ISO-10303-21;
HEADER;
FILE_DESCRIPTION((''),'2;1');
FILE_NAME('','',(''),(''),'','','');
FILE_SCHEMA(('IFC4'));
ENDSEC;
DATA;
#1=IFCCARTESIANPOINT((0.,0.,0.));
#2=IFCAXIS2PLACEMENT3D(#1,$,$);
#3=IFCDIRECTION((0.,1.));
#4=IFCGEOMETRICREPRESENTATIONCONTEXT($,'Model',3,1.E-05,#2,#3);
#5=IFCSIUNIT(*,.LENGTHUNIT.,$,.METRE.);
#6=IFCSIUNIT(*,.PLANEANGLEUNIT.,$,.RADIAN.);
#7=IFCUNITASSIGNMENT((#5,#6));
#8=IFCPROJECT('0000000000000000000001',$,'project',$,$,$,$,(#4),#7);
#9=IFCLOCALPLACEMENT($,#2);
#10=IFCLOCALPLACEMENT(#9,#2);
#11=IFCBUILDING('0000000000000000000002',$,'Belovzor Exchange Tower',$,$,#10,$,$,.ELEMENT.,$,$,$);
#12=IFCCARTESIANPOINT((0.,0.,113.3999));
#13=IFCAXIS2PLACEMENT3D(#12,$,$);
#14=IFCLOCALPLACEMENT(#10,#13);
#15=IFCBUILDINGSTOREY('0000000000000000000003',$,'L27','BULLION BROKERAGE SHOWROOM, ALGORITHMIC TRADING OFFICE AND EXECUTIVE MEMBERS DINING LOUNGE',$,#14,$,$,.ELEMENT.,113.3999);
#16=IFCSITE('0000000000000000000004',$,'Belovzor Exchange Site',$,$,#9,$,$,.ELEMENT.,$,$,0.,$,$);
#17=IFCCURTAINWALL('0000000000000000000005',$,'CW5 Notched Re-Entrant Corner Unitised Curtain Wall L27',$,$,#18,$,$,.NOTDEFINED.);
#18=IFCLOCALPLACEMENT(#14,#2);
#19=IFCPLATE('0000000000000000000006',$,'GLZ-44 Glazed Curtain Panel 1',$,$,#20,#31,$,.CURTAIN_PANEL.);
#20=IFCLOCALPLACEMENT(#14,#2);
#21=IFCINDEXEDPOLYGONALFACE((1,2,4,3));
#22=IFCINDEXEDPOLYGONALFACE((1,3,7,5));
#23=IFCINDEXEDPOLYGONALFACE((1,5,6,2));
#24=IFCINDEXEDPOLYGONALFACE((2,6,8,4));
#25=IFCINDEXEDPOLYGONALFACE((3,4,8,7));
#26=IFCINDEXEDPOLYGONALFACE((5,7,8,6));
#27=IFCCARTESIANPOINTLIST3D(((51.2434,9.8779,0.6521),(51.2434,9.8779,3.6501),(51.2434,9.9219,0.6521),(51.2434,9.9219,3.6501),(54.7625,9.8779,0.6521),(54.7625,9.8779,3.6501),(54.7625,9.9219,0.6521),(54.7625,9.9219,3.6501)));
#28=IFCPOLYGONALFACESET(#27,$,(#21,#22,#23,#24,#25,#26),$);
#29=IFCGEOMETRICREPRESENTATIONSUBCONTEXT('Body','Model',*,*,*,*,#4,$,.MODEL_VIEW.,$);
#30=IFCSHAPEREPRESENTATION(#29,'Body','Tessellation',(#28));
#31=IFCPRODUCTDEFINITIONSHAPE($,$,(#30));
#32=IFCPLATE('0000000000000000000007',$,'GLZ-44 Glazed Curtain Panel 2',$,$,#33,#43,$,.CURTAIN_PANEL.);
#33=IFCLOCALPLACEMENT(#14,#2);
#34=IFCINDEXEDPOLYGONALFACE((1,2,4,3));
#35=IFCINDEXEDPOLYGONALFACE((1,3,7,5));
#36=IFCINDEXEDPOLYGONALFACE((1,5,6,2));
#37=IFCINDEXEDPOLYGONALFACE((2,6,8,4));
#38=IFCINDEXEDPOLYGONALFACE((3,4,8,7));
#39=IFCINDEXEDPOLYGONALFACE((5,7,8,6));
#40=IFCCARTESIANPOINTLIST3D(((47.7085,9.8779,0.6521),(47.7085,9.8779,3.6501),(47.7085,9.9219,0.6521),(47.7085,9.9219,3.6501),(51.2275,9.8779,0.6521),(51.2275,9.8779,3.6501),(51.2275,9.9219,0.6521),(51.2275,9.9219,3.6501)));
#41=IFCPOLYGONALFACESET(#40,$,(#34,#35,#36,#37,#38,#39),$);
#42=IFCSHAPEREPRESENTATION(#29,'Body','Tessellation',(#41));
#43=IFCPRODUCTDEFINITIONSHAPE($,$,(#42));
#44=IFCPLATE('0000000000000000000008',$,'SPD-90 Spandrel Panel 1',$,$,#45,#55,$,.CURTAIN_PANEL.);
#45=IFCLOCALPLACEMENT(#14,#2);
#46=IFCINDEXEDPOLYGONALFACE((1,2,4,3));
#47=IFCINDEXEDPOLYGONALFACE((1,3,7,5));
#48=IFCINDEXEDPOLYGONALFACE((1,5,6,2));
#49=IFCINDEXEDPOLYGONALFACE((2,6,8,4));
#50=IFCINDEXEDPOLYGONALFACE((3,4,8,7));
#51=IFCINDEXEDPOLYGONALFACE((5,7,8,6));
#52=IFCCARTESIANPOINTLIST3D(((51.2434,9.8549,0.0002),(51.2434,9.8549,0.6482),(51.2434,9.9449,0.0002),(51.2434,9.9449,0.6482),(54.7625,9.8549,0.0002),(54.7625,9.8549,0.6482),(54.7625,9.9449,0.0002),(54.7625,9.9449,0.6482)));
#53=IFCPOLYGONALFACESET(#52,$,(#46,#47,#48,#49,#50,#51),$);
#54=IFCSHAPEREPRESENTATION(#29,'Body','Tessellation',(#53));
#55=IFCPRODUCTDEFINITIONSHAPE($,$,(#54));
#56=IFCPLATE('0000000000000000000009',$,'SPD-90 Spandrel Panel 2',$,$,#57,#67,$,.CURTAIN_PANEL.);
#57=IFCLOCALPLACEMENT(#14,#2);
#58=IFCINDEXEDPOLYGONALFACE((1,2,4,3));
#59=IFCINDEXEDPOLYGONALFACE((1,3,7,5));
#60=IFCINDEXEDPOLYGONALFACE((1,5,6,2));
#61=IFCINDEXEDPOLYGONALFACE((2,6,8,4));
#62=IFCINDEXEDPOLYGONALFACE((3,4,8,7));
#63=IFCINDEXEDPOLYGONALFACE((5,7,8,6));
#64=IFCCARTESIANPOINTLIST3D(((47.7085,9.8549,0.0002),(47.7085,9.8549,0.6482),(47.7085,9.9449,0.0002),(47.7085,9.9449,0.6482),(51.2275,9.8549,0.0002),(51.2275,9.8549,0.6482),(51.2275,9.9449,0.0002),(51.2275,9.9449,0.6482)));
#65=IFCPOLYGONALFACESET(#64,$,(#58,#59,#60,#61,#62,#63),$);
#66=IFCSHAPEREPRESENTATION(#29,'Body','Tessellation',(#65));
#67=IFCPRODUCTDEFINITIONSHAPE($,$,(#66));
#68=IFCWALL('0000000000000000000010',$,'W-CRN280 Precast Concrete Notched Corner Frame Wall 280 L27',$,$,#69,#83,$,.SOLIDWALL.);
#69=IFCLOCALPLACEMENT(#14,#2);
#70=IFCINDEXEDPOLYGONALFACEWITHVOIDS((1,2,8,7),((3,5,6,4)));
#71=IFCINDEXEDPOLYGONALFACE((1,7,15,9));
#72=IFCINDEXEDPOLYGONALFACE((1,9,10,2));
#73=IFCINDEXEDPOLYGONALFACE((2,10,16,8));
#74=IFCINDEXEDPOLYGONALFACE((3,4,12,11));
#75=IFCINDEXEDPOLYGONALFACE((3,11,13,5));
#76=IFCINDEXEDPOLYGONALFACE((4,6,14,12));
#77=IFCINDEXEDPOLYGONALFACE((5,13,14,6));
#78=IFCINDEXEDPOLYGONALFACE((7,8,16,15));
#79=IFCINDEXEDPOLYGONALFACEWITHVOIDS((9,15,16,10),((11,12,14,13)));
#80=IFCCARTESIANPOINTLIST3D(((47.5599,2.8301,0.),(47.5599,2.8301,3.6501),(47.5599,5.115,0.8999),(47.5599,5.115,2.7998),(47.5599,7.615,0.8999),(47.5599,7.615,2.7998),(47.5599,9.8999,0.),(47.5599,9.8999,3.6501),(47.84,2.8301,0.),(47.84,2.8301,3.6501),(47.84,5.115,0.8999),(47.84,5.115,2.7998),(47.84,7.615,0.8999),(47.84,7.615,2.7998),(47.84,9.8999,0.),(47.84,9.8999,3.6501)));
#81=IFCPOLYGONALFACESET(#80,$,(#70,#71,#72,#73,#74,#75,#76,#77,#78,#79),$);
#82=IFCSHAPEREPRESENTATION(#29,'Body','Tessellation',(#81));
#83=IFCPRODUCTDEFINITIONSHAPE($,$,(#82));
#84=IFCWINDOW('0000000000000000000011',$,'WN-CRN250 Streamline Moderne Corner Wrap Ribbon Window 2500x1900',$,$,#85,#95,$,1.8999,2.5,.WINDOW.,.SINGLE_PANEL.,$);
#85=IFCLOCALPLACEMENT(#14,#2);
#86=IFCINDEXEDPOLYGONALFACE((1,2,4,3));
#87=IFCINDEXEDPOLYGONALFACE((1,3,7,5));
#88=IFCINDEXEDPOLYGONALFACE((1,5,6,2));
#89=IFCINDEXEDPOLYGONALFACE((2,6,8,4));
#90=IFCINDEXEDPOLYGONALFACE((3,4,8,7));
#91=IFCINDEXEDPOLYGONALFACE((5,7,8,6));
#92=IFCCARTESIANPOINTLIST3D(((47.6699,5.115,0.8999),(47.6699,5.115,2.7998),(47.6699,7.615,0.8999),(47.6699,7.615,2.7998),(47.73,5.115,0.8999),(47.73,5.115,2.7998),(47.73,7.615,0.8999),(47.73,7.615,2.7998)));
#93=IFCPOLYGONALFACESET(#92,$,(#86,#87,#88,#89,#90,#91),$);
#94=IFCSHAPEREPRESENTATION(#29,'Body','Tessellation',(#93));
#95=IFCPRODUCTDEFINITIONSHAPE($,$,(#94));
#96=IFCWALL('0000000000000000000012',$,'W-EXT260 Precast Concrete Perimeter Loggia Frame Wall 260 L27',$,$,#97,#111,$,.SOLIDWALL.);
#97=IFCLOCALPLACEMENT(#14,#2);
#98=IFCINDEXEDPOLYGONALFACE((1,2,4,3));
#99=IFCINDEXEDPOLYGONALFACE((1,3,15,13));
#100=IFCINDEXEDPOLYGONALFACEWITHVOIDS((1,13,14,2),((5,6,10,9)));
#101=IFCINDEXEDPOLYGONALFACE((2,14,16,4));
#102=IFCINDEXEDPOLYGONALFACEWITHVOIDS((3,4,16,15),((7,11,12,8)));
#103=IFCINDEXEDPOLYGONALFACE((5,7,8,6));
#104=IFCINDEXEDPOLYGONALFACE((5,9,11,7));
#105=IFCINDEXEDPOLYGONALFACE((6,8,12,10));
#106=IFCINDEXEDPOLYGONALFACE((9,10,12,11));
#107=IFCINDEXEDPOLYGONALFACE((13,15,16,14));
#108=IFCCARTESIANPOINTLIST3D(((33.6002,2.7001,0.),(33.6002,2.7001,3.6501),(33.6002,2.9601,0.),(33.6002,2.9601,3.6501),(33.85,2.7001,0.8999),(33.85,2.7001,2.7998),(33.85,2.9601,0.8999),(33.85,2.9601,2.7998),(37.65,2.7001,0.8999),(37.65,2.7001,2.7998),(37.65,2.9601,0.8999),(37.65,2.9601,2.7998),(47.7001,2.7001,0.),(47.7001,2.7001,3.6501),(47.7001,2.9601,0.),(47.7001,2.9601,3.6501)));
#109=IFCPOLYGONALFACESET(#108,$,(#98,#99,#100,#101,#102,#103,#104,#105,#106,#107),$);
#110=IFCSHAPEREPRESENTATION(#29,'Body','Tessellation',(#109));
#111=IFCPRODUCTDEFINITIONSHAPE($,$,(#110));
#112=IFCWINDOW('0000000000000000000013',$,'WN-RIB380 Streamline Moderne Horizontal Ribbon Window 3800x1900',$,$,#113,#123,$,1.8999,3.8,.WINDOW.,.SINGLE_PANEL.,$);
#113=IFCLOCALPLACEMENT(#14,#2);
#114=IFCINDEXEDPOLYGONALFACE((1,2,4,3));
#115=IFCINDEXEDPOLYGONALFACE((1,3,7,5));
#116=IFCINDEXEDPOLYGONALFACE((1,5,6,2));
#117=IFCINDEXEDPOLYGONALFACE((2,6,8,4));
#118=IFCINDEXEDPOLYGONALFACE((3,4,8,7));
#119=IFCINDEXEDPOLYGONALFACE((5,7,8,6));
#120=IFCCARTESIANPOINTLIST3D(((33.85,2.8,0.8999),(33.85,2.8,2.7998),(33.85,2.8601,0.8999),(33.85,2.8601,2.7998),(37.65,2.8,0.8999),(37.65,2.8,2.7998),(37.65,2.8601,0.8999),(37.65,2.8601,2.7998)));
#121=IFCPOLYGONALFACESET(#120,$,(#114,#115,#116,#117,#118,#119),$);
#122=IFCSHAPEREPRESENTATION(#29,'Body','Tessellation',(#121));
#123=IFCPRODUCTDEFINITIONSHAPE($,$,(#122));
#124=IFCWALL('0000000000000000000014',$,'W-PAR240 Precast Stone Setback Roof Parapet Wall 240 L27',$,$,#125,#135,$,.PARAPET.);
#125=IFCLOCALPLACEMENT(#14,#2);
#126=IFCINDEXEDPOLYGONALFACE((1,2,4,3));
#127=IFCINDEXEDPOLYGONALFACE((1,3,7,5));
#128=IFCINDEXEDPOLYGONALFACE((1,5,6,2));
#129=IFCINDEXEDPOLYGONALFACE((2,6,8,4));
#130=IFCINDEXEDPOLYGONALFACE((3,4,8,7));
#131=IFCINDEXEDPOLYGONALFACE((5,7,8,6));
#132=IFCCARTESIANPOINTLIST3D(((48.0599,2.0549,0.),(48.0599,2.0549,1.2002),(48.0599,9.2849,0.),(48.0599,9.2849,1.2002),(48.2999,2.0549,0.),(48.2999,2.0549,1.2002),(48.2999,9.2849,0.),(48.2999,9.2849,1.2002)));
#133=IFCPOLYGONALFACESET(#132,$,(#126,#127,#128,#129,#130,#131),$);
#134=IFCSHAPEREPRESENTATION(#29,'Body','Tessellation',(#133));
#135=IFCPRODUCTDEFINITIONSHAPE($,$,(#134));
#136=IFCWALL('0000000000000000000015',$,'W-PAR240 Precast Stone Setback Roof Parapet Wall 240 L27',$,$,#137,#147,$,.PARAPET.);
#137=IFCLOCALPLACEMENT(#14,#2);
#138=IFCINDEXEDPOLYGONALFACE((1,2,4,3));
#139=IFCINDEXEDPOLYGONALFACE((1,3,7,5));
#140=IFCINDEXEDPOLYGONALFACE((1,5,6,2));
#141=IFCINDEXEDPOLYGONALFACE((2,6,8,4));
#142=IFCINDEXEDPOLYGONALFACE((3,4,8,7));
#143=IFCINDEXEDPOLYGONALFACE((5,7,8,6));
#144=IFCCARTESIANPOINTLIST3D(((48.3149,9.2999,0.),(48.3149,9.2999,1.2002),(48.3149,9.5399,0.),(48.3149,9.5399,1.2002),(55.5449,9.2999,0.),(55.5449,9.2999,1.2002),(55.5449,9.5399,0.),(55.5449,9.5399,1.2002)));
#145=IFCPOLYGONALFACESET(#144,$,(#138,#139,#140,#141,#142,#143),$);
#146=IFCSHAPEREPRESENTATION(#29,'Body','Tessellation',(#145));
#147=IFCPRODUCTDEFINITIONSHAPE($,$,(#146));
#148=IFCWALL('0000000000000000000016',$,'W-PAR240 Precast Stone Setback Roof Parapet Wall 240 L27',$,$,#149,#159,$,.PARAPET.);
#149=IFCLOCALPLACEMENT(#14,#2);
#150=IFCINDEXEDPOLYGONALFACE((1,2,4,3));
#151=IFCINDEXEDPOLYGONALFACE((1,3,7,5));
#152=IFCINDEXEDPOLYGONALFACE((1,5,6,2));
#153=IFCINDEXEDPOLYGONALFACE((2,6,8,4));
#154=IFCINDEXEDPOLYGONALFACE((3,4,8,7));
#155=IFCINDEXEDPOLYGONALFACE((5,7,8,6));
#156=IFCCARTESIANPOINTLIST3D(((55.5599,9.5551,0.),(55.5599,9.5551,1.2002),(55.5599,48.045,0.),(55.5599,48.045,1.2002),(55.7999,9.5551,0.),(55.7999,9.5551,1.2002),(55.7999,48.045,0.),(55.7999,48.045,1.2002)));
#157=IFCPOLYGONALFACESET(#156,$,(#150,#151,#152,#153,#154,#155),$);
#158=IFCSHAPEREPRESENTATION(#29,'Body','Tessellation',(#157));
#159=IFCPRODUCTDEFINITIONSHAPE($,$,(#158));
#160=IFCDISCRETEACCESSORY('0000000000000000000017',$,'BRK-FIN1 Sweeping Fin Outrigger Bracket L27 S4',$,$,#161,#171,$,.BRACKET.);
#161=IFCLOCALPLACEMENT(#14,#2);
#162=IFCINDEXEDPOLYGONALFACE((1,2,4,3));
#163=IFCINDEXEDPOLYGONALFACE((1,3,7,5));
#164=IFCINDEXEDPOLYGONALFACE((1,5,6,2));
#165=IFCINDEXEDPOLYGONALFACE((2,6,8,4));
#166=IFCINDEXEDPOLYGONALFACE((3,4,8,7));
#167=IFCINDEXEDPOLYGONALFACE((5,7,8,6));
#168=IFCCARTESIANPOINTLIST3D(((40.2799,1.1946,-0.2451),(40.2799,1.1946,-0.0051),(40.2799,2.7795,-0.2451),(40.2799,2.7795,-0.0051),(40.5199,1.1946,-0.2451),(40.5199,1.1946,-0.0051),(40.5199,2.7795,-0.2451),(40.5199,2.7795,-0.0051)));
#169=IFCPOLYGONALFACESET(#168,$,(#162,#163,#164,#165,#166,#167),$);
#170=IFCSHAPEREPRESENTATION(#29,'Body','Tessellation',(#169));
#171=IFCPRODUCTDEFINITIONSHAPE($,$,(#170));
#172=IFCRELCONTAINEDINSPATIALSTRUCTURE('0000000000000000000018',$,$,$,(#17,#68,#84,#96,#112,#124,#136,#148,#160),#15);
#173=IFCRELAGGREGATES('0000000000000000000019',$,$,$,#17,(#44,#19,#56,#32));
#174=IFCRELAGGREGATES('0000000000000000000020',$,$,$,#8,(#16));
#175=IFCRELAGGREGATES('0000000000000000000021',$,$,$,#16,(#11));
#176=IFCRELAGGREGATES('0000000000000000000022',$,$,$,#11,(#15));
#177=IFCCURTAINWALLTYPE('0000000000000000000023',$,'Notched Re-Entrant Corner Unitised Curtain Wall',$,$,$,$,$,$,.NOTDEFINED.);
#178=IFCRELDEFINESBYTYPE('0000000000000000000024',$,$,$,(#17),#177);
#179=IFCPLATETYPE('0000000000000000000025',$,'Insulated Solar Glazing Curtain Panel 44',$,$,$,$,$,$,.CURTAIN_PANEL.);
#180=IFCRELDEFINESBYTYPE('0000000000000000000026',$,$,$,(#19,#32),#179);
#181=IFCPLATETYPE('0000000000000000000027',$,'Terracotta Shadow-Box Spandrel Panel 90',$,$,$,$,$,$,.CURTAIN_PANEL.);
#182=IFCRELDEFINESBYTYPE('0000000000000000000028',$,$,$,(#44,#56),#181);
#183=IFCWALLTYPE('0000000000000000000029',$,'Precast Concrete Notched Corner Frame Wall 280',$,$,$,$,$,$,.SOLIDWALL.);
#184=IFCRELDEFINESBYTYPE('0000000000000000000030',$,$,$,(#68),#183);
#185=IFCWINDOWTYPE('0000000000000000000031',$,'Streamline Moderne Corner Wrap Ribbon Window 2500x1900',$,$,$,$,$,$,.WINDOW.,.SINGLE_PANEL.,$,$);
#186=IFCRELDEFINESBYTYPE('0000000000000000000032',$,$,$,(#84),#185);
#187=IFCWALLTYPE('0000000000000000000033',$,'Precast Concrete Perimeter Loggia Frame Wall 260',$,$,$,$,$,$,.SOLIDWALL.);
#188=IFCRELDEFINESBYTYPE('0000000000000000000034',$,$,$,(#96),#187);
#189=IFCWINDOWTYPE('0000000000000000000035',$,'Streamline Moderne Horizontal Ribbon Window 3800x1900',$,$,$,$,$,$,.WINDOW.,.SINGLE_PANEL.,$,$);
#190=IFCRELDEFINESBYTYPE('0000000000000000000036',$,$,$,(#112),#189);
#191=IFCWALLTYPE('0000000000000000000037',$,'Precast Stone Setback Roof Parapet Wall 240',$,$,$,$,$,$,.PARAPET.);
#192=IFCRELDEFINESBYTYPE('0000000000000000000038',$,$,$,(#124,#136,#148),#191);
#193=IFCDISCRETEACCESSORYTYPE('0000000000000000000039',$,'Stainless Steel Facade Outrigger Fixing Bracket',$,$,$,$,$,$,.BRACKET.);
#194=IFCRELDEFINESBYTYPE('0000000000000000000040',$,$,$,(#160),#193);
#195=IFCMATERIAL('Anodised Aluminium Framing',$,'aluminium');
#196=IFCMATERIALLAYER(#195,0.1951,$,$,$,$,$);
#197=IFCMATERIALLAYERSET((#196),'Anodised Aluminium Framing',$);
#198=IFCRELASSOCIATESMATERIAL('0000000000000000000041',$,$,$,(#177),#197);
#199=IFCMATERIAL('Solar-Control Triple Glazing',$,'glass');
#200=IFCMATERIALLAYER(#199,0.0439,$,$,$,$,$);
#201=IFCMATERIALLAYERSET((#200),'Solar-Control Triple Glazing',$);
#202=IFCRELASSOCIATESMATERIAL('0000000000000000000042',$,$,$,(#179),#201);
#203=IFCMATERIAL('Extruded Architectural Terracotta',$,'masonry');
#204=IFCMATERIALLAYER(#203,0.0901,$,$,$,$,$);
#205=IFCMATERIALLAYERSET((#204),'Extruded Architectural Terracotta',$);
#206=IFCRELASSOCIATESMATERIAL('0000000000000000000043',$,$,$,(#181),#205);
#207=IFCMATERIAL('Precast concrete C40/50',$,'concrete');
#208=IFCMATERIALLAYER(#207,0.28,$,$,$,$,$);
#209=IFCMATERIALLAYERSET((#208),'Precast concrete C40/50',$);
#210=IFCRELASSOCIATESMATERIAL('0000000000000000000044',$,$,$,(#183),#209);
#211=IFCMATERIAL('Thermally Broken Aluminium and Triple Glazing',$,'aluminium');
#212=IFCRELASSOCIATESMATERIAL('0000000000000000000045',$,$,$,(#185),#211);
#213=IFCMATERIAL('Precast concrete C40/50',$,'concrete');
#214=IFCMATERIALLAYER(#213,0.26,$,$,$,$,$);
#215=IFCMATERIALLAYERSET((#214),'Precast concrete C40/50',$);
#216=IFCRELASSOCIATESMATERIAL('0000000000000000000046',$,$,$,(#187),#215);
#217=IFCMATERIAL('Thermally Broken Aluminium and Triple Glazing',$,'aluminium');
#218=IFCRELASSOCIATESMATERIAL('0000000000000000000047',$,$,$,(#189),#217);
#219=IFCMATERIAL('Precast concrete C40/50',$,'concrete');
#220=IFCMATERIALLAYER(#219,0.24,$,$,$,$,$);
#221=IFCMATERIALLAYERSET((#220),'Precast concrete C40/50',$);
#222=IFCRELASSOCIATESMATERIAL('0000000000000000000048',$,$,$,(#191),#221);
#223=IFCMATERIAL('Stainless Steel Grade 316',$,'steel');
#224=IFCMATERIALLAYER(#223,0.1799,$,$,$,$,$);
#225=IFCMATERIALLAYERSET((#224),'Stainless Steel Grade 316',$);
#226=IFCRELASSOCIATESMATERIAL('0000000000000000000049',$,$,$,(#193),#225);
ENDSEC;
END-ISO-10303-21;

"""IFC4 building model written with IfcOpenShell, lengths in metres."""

from ifc_helpers import new_model, si_unit, direction, frame, frame_2d, origin, origin_2d, place, context, subcontext, project, spatial, rectangle, extrude, material, layer, layer_set, type_object, element, fill, aggregate, save


model = new_model("IFC4")

# Units and contexts
model_context = context("Model", 3, precision=1e-05, world=origin(), true_north=direction((0.0, 1.0)))
body_context = subcontext(model_context, "Body", "Model", "MODEL_VIEW")
ifc_project = project(units=[si_unit("LENGTHUNIT", "METRE"), si_unit("PLANEANGLEUNIT", "RADIAN")], contexts=[model_context])

# Site, building, storey
site_placement = place(None, origin())
site = spatial("IfcSite", under=ifc_project, at=site_placement, Name="Belovzor Exchange Site", CompositionType="ELEMENT", RefElevation=0.0)
building_placement = place(site_placement, origin())
building = spatial("IfcBuilding", under=site, at=building_placement, Name="Belovzor Exchange Tower", CompositionType="ELEMENT")
storey_placement = place(building_placement, frame((0.0, 0.0, 113.3999)))
storey = spatial("IfcBuildingStorey", under=building, at=storey_placement, Name="L27", Description="BULLION BROKERAGE SHOWROOM, ALGORITHMIC TRADING OFFICE AND EXECUTIVE MEMBERS DINING LOUNGE", CompositionType="ELEMENT", Elevation=113.3999)

# Curtain wall
ifc_material_1 = material(Name="Anodised Aluminium Framing", Category="aluminium")
ifc_layer_1 = layer(ifc_material_1, 0.1951)
ifc_layer_set_1 = layer_set([ifc_layer_1], Name="Anodised Aluminium Framing")
curtain_wall_type = type_object("IfcCurtainWallType", Name="Notched Re-Entrant Corner Unitised Curtain Wall", PredefinedType="NOTDEFINED", material=ifc_layer_set_1)
curtain_wall_placement = place(storey_placement, origin())
curtain_wall = element("IfcCurtainWall", 1, at=curtain_wall_placement, inside=storey, type_object=curtain_wall_type, Name="CW5 Notched Re-Entrant Corner Unitised Curtain Wall L27", PredefinedType="NOTDEFINED")

# Plates
ifc_material_2 = material(Name="Solar-Control Triple Glazing", Category="glass")
ifc_layer_2 = layer(ifc_material_2, 0.0439)
ifc_layer_set_2 = layer_set([ifc_layer_2], Name="Solar-Control Triple Glazing")
plate_type_1 = type_object("IfcPlateType", Name="Insulated Solar Glazing Curtain Panel 44", PredefinedType="CURTAIN_PANEL", material=ifc_layer_set_2)
plate_1_placement = place(storey_placement, frame((53.0029, 9.8999, 0.6521), z_axis=(0.0, 0.0, 1.0), x_axis=(-1.0, 0.0, 0.0)))
plate_1 = element("IfcPlate", 2, at=plate_1_placement, type_object=plate_type_1, Name="GLZ-44 Glazed Curtain Panel 1", PredefinedType="CURTAIN_PANEL", context=body_context, shape_type="SweptSolid", body=[
    extrude(rectangle(XDim=3.519, YDim=0.0439, at=origin_2d()), origin(), (0.0, 0.0, 1.0), 2.998),
])
plate_2_placement = place(storey_placement, frame((49.468, 9.8999, 0.6521), z_axis=(0.0, 0.0, 1.0), x_axis=(-1.0, 0.0, 0.0)))
plate_2 = element("IfcPlate", 3, at=plate_2_placement, type_object=plate_type_1, Name="GLZ-44 Glazed Curtain Panel 2", PredefinedType="CURTAIN_PANEL", context=body_context, shape_type="SweptSolid", body=[
    extrude(rectangle(XDim=3.519, YDim=0.0439, at=origin_2d()), origin(), (0.0, 0.0, 1.0), 2.998),
])
ifc_material_3 = material(Name="Extruded Architectural Terracotta", Category="masonry")
ifc_layer_3 = layer(ifc_material_3, 0.0901)
ifc_layer_set_3 = layer_set([ifc_layer_3], Name="Extruded Architectural Terracotta")
plate_type_2 = type_object("IfcPlateType", Name="Terracotta Shadow-Box Spandrel Panel 90", PredefinedType="CURTAIN_PANEL", material=ifc_layer_set_3)
plate_3_placement = place(storey_placement, frame((53.0029, 9.8999, 0.0002), z_axis=(0.0, 0.0, 1.0), x_axis=(-1.0, 0.0, 0.0)))
plate_3 = element("IfcPlate", 4, at=plate_3_placement, type_object=plate_type_2, Name="SPD-90 Spandrel Panel 1", PredefinedType="CURTAIN_PANEL", context=body_context, shape_type="SweptSolid", body=[
    extrude(rectangle(XDim=3.519, YDim=0.0901, at=origin_2d()), origin(), (0.0, 0.0, 1.0), 0.6479),
])
plate_4_placement = place(storey_placement, frame((49.468, 9.8999, 0.0002), z_axis=(0.0, 0.0, 1.0), x_axis=(-1.0, 0.0, 0.0)))
plate_4 = element("IfcPlate", 5, at=plate_4_placement, type_object=plate_type_2, Name="SPD-90 Spandrel Panel 2", PredefinedType="CURTAIN_PANEL", context=body_context, shape_type="SweptSolid", body=[
    extrude(rectangle(XDim=3.519, YDim=0.0901, at=origin_2d()), origin(), (0.0, 0.0, 1.0), 0.6479),
])
aggregate(curtain_wall, [plate_3, plate_1, plate_4, plate_2])

# Walls, openings, windows
ifc_material_4 = material(Name="Precast concrete C40/50", Category="concrete")
ifc_layer_4 = layer(ifc_material_4, 0.28)
ifc_layer_set_4 = layer_set([ifc_layer_4], Name="Precast concrete C40/50")
wall_type_1 = type_object("IfcWallType", Name="Precast Concrete Notched Corner Frame Wall 280", PredefinedType="SOLIDWALL", material=ifc_layer_set_4)
wall_1_placement = place(storey_placement, frame((47.7, 9.8999, 0.0), z_axis=(0.0, 0.0, 1.0), x_axis=(0.0, -1.0, 0.0)))
wall_1 = element("IfcWall", 6, at=wall_1_placement, inside=storey, type_object=wall_type_1, Name="W-CRN280 Precast Concrete Notched Corner Frame Wall 280 L27", PredefinedType="SOLIDWALL", context=body_context, shape_type="SweptSolid", body=[
    extrude(rectangle(XDim=7.0698, YDim=0.28, at=frame_2d((3.5349, 0.0))), origin(), (0.0, 0.0, 1.0), 3.6501),
])
opening_1_placement = place(wall_1_placement, frame((2.2849, 0.0, 0.8999)))
opening_1 = element("IfcOpeningElement", 7, at=opening_1_placement, cuts=wall_1, PredefinedType="OPENING", context=body_context, shape_type="SweptSolid", body=[
    extrude(rectangle(XDim=2.5, YDim=1.8999, at=frame_2d((1.25, 0.95))), frame((0.0, 0.1499, 0.0), z_axis=(0.0, -1.0, 0.0), x_axis=(1.0, 0.0, 0.0)), (0.0, 0.0, 1.0), 0.3),
])
ifc_material_5 = material(Name="Thermally Broken Aluminium and Triple Glazing", Category="aluminium")
window_type_1 = type_object("IfcWindowType", Name="Streamline Moderne Corner Wrap Ribbon Window 2500x1900", PartitioningType="SINGLE_PANEL", PredefinedType="WINDOW", material=ifc_material_5)
window_1_placement = place(opening_1_placement, origin())
window_1 = element("IfcWindow", 8, at=window_1_placement, inside=storey, type_object=window_type_1, Name="WN-CRN250 Streamline Moderne Corner Wrap Ribbon Window 2500x1900", OverallHeight=1.8999, OverallWidth=2.5, PartitioningType="SINGLE_PANEL", PredefinedType="WINDOW", context=body_context, shape_type="SweptSolid", body=[
    extrude(rectangle(XDim=2.5, YDim=1.8999, at=frame_2d((1.25, 0.95))), frame((0.0, 0.03, 0.0), z_axis=(0.0, -1.0, 0.0), x_axis=(1.0, 0.0, 0.0)), (0.0, 0.0, 1.0), 0.0601),
])
fill(opening_1, window_1)
ifc_material_6 = material(Name="Precast concrete C40/50", Category="concrete")
ifc_layer_5 = layer(ifc_material_6, 0.26)
ifc_layer_set_5 = layer_set([ifc_layer_5], Name="Precast concrete C40/50")
wall_type_2 = type_object("IfcWallType", Name="Precast Concrete Perimeter Loggia Frame Wall 260", PredefinedType="SOLIDWALL", material=ifc_layer_set_5)
wall_2_placement = place(storey_placement, frame((47.7, 2.8301, 0.0), z_axis=(0.0, 0.0, 1.0), x_axis=(-1.0, 0.0, 0.0)))
wall_2 = element("IfcWall", 9, at=wall_2_placement, inside=storey, type_object=wall_type_2, Name="W-EXT260 Precast Concrete Perimeter Loggia Frame Wall 260 L27", PredefinedType="SOLIDWALL", context=body_context, shape_type="SweptSolid", body=[
    extrude(rectangle(XDim=14.0999, YDim=0.26, at=frame_2d((7.0498, 0.0))), origin(), (0.0, 0.0, 1.0), 3.6501),
])
opening_2_placement = place(wall_2_placement, frame((10.05, 0.0, 0.8999)))
opening_2 = element("IfcOpeningElement", 10, at=opening_2_placement, cuts=wall_2, PredefinedType="OPENING", context=body_context, shape_type="SweptSolid", body=[
    extrude(rectangle(XDim=3.8, YDim=1.8999, at=frame_2d((1.8999, 0.95))), frame((0.0, 0.1399, 0.0), z_axis=(0.0, -1.0, 0.0), x_axis=(1.0, 0.0, 0.0)), (0.0, 0.0, 1.0), 0.28),
])
ifc_material_7 = material(Name="Thermally Broken Aluminium and Triple Glazing", Category="aluminium")
window_type_2 = type_object("IfcWindowType", Name="Streamline Moderne Horizontal Ribbon Window 3800x1900", PartitioningType="SINGLE_PANEL", PredefinedType="WINDOW", material=ifc_material_7)
window_2_placement = place(opening_2_placement, origin())
window_2 = element("IfcWindow", 11, at=window_2_placement, inside=storey, type_object=window_type_2, Name="WN-RIB380 Streamline Moderne Horizontal Ribbon Window 3800x1900", OverallHeight=1.8999, OverallWidth=3.8, PartitioningType="SINGLE_PANEL", PredefinedType="WINDOW", context=body_context, shape_type="SweptSolid", body=[
    extrude(rectangle(XDim=3.8, YDim=1.8999, at=frame_2d((1.8999, 0.95))), frame((0.0, 0.03, 0.0), z_axis=(0.0, -1.0, 0.0), x_axis=(1.0, 0.0, 0.0)), (0.0, 0.0, 1.0), 0.0601),
])
fill(opening_2, window_2)

# Walls
ifc_material_8 = material(Name="Precast concrete C40/50", Category="concrete")
ifc_layer_6 = layer(ifc_material_8, 0.24)
ifc_layer_set_6 = layer_set([ifc_layer_6], Name="Precast concrete C40/50")
wall_type_3 = type_object("IfcWallType", Name="Precast Stone Setback Roof Parapet Wall 240", PredefinedType="PARAPET", material=ifc_layer_set_6)
for number, where, z_axis, x_axis, name in (
    (12, (48.1799, 2.0549, 0.0), (0.0, 0.0, 1.0), (0.0, 1.0, 0.0), "W-PAR240 Precast Stone Setback Roof Parapet Wall 240 L27"),
    (13, (48.3149, 9.4199, 0.0), (0.0, 0.0, 1.0), (1.0, 0.0, 0.0), "W-PAR240 Precast Stone Setback Roof Parapet Wall 240 L27"),
):
    element("IfcWall", number, at=place(storey_placement, frame(where, z_axis=z_axis, x_axis=x_axis)), inside=storey, type_object=wall_type_3, Name=name, PredefinedType="PARAPET", context=body_context, shape_type="SweptSolid", body=[
        extrude(rectangle(XDim=7.23, YDim=0.24, at=frame_2d((3.615, 0.0))), origin(), (0.0, 0.0, 1.0), 1.2002),
    ])
wall_3_placement = place(storey_placement, frame((55.6799, 9.5549, 0.0), z_axis=(0.0, 0.0, 1.0), x_axis=(0.0, 1.0, 0.0)))
element("IfcWall", 14, at=wall_3_placement, inside=storey, type_object=wall_type_3, Name="W-PAR240 Precast Stone Setback Roof Parapet Wall 240 L27", PredefinedType="PARAPET", context=body_context, shape_type="SweptSolid", body=[
    extrude(rectangle(XDim=38.49, YDim=0.24, at=frame_2d((19.2451, 0.0))), origin(), (0.0, 0.0, 1.0), 1.2002),
])

# Discrete accessory
ifc_material_9 = material(Name="Stainless Steel Grade 316", Category="steel")
ifc_layer_7 = layer(ifc_material_9, 0.1799)
ifc_layer_set_7 = layer_set([ifc_layer_7], Name="Stainless Steel Grade 316")
discrete_accessory_type = type_object("IfcDiscreteAccessoryType", Name="Stainless Steel Facade Outrigger Fixing Bracket", PredefinedType="BRACKET", material=ifc_layer_set_7)
discrete_accessory_placement = place(storey_placement, frame((40.3999, 1.9871, -0.2451), z_axis=(0.0, 0.0, 1.0), x_axis=(0.0, 1.0, 0.0)))
element("IfcDiscreteAccessory", 15, at=discrete_accessory_placement, inside=storey, type_object=discrete_accessory_type, Name="BRK-FIN1 Sweeping Fin Outrigger Bracket L27 S4", PredefinedType="BRACKET", context=body_context, shape_type="SweptSolid", body=[
    extrude(rectangle(XDim=1.585, YDim=0.24, at=origin_2d()), origin(), (0.0, 0.0, 1.0), 0.24),
])

save(model, "model.ifc")
